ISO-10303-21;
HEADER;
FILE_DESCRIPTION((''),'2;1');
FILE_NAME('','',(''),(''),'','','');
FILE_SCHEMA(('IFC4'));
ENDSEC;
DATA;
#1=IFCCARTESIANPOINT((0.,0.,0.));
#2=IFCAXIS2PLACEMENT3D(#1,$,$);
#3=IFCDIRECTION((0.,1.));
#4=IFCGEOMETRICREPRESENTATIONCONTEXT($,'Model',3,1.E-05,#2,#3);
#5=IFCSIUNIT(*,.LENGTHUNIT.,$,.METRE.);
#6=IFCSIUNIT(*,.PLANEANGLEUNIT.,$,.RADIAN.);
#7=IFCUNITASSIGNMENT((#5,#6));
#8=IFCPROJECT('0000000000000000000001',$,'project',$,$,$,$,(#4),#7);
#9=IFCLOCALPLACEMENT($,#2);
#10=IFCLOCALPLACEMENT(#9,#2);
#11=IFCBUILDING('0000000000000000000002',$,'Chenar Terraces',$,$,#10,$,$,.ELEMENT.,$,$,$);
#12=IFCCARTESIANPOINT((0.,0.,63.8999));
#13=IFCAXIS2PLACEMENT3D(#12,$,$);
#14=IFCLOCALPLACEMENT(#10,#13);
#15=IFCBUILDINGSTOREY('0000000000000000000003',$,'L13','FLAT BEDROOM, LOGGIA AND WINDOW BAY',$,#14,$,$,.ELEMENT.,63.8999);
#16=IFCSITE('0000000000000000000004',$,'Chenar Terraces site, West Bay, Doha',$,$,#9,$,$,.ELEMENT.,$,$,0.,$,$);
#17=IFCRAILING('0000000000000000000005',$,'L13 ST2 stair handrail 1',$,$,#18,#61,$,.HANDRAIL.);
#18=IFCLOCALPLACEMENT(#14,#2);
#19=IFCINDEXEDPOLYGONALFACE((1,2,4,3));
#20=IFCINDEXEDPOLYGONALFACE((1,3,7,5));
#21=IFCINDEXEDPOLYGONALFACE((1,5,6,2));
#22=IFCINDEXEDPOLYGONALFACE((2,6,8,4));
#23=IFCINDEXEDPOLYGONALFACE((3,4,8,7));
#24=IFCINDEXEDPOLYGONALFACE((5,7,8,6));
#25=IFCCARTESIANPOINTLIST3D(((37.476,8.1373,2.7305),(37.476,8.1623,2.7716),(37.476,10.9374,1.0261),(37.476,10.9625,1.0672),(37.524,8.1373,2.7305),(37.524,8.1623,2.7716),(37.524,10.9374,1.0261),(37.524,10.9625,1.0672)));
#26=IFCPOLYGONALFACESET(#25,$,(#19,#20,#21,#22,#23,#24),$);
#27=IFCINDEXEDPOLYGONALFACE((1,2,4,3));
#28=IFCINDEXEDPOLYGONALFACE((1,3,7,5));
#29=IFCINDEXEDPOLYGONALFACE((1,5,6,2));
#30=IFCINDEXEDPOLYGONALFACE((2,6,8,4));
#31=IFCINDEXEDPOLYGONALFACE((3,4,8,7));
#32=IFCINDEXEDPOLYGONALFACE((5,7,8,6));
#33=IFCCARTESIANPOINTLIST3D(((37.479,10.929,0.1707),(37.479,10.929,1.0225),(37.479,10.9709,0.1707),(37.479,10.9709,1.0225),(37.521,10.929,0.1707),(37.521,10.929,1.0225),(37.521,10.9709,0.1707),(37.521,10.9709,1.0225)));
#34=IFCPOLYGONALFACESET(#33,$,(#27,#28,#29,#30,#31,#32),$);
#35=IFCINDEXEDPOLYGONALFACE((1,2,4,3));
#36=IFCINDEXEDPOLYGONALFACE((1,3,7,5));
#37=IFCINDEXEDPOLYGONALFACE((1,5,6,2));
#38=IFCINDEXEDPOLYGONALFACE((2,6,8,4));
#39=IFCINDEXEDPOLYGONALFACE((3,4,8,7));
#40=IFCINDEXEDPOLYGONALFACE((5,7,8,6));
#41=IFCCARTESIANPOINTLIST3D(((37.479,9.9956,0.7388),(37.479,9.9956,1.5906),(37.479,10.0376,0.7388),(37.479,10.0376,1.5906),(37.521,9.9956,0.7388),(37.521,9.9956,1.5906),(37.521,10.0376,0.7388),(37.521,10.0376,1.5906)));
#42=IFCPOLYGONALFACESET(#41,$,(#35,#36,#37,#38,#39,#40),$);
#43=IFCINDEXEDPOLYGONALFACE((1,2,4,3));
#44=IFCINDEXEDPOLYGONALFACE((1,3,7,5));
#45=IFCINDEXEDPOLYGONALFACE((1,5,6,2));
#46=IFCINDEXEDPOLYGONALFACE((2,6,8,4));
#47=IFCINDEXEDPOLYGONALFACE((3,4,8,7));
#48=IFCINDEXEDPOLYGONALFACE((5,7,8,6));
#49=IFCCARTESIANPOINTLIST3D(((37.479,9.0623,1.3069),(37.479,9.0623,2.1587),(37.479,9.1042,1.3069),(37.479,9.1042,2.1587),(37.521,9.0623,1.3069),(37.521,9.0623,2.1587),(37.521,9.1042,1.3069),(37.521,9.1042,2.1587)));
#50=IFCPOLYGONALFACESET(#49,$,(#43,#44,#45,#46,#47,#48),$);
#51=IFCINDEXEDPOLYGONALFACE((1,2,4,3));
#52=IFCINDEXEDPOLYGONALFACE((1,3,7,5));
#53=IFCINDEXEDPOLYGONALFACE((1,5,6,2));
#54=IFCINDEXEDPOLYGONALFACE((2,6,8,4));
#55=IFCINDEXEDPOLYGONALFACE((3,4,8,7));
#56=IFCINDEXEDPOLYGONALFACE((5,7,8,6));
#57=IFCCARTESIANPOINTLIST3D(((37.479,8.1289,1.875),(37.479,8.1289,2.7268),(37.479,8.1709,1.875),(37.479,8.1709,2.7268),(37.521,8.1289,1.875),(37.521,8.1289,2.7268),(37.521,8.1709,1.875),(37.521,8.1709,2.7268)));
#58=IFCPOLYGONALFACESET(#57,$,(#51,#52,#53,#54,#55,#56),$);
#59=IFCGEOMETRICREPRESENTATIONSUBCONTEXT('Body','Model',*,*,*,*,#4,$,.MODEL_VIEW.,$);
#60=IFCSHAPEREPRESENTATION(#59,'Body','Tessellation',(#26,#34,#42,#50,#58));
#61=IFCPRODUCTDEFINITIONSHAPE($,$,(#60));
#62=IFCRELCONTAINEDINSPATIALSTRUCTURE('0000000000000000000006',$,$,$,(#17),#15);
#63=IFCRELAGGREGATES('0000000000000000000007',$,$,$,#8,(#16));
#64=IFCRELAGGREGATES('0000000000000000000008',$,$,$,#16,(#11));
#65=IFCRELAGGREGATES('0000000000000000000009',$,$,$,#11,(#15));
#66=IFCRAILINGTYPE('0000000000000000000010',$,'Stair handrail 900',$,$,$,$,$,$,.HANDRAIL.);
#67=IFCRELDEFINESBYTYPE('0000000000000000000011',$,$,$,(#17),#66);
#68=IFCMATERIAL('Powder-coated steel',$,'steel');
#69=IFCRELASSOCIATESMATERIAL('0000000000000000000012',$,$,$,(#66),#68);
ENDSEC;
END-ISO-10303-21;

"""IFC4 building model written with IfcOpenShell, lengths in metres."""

from ifc_helpers import new_model, si_unit, direction, frame, origin, origin_2d, place, context, subcontext, project, spatial, rectangle, extrude, material, type_object, element, save


model = new_model("IFC4")

# Units and contexts
model_context = context("Model", 3, precision=1e-05, world=origin(), true_north=direction((0.0, 1.0)))
body_context = subcontext(model_context, "Body", "Model", "MODEL_VIEW")
ifc_project = project(units=[si_unit("LENGTHUNIT", "METRE"), si_unit("PLANEANGLEUNIT", "RADIAN")], contexts=[model_context])

# Site, building, storey
site_placement = place(None, origin())
site = spatial("IfcSite", under=ifc_project, at=site_placement, Name="Chenar Terraces site, West Bay, Doha", CompositionType="ELEMENT", RefElevation=0.0)
building_placement = place(site_placement, origin())
building = spatial("IfcBuilding", under=site, at=building_placement, Name="Chenar Terraces", CompositionType="ELEMENT")
storey_placement = place(building_placement, frame((0.0, 0.0, 63.8999)))
storey = spatial("IfcBuildingStorey", under=building, at=storey_placement, Name="L13", Description="FLAT BEDROOM, LOGGIA AND WINDOW BAY", CompositionType="ELEMENT", Elevation=63.8999)

# Railing
ifc_material_1 = material(Name="Powder-coated steel", Category="steel")
railing_type = type_object("IfcRailingType", Name="Stair handrail 900", PredefinedType="HANDRAIL", material=ifc_material_1)
railing_placement = place(storey_placement, frame((37.5, 10.95, 0.1707)))
element("IfcRailing", 1, at=railing_placement, inside=storey, type_object=railing_type, Name="L13 ST2 stair handrail 1", PredefinedType="HANDRAIL", context=body_context, shape_type="SweptSolid", body=[
    extrude(rectangle(XDim=0.0481, YDim=0.0481, at=origin_2d()), frame((0.0, 0.0, 0.876), z_axis=(0.0, -0.854203, 0.51994), x_axis=(1.0, 0.0, 0.0)), (0.0, 0.0, 1.0), 3.2781),
    extrude(rectangle(XDim=0.042, YDim=0.042, at=origin_2d()), origin(), (0.0, 0.0, 1.0), 0.8518),
    extrude(rectangle(XDim=0.042, YDim=0.042, at=origin_2d()), frame((0.0, -0.9333, 0.5681)), (0.0, 0.0, 1.0), 0.8518),
    extrude(rectangle(XDim=0.042, YDim=0.042, at=origin_2d()), frame((0.0, -1.8667, 1.1362)), (0.0, 0.0, 1.0), 0.8518),
    extrude(rectangle(XDim=0.042, YDim=0.042, at=origin_2d()), frame((0.0, -2.8, 1.7043)), (0.0, 0.0, 1.0), 0.8518),
])

save(model, "model.ifc")
